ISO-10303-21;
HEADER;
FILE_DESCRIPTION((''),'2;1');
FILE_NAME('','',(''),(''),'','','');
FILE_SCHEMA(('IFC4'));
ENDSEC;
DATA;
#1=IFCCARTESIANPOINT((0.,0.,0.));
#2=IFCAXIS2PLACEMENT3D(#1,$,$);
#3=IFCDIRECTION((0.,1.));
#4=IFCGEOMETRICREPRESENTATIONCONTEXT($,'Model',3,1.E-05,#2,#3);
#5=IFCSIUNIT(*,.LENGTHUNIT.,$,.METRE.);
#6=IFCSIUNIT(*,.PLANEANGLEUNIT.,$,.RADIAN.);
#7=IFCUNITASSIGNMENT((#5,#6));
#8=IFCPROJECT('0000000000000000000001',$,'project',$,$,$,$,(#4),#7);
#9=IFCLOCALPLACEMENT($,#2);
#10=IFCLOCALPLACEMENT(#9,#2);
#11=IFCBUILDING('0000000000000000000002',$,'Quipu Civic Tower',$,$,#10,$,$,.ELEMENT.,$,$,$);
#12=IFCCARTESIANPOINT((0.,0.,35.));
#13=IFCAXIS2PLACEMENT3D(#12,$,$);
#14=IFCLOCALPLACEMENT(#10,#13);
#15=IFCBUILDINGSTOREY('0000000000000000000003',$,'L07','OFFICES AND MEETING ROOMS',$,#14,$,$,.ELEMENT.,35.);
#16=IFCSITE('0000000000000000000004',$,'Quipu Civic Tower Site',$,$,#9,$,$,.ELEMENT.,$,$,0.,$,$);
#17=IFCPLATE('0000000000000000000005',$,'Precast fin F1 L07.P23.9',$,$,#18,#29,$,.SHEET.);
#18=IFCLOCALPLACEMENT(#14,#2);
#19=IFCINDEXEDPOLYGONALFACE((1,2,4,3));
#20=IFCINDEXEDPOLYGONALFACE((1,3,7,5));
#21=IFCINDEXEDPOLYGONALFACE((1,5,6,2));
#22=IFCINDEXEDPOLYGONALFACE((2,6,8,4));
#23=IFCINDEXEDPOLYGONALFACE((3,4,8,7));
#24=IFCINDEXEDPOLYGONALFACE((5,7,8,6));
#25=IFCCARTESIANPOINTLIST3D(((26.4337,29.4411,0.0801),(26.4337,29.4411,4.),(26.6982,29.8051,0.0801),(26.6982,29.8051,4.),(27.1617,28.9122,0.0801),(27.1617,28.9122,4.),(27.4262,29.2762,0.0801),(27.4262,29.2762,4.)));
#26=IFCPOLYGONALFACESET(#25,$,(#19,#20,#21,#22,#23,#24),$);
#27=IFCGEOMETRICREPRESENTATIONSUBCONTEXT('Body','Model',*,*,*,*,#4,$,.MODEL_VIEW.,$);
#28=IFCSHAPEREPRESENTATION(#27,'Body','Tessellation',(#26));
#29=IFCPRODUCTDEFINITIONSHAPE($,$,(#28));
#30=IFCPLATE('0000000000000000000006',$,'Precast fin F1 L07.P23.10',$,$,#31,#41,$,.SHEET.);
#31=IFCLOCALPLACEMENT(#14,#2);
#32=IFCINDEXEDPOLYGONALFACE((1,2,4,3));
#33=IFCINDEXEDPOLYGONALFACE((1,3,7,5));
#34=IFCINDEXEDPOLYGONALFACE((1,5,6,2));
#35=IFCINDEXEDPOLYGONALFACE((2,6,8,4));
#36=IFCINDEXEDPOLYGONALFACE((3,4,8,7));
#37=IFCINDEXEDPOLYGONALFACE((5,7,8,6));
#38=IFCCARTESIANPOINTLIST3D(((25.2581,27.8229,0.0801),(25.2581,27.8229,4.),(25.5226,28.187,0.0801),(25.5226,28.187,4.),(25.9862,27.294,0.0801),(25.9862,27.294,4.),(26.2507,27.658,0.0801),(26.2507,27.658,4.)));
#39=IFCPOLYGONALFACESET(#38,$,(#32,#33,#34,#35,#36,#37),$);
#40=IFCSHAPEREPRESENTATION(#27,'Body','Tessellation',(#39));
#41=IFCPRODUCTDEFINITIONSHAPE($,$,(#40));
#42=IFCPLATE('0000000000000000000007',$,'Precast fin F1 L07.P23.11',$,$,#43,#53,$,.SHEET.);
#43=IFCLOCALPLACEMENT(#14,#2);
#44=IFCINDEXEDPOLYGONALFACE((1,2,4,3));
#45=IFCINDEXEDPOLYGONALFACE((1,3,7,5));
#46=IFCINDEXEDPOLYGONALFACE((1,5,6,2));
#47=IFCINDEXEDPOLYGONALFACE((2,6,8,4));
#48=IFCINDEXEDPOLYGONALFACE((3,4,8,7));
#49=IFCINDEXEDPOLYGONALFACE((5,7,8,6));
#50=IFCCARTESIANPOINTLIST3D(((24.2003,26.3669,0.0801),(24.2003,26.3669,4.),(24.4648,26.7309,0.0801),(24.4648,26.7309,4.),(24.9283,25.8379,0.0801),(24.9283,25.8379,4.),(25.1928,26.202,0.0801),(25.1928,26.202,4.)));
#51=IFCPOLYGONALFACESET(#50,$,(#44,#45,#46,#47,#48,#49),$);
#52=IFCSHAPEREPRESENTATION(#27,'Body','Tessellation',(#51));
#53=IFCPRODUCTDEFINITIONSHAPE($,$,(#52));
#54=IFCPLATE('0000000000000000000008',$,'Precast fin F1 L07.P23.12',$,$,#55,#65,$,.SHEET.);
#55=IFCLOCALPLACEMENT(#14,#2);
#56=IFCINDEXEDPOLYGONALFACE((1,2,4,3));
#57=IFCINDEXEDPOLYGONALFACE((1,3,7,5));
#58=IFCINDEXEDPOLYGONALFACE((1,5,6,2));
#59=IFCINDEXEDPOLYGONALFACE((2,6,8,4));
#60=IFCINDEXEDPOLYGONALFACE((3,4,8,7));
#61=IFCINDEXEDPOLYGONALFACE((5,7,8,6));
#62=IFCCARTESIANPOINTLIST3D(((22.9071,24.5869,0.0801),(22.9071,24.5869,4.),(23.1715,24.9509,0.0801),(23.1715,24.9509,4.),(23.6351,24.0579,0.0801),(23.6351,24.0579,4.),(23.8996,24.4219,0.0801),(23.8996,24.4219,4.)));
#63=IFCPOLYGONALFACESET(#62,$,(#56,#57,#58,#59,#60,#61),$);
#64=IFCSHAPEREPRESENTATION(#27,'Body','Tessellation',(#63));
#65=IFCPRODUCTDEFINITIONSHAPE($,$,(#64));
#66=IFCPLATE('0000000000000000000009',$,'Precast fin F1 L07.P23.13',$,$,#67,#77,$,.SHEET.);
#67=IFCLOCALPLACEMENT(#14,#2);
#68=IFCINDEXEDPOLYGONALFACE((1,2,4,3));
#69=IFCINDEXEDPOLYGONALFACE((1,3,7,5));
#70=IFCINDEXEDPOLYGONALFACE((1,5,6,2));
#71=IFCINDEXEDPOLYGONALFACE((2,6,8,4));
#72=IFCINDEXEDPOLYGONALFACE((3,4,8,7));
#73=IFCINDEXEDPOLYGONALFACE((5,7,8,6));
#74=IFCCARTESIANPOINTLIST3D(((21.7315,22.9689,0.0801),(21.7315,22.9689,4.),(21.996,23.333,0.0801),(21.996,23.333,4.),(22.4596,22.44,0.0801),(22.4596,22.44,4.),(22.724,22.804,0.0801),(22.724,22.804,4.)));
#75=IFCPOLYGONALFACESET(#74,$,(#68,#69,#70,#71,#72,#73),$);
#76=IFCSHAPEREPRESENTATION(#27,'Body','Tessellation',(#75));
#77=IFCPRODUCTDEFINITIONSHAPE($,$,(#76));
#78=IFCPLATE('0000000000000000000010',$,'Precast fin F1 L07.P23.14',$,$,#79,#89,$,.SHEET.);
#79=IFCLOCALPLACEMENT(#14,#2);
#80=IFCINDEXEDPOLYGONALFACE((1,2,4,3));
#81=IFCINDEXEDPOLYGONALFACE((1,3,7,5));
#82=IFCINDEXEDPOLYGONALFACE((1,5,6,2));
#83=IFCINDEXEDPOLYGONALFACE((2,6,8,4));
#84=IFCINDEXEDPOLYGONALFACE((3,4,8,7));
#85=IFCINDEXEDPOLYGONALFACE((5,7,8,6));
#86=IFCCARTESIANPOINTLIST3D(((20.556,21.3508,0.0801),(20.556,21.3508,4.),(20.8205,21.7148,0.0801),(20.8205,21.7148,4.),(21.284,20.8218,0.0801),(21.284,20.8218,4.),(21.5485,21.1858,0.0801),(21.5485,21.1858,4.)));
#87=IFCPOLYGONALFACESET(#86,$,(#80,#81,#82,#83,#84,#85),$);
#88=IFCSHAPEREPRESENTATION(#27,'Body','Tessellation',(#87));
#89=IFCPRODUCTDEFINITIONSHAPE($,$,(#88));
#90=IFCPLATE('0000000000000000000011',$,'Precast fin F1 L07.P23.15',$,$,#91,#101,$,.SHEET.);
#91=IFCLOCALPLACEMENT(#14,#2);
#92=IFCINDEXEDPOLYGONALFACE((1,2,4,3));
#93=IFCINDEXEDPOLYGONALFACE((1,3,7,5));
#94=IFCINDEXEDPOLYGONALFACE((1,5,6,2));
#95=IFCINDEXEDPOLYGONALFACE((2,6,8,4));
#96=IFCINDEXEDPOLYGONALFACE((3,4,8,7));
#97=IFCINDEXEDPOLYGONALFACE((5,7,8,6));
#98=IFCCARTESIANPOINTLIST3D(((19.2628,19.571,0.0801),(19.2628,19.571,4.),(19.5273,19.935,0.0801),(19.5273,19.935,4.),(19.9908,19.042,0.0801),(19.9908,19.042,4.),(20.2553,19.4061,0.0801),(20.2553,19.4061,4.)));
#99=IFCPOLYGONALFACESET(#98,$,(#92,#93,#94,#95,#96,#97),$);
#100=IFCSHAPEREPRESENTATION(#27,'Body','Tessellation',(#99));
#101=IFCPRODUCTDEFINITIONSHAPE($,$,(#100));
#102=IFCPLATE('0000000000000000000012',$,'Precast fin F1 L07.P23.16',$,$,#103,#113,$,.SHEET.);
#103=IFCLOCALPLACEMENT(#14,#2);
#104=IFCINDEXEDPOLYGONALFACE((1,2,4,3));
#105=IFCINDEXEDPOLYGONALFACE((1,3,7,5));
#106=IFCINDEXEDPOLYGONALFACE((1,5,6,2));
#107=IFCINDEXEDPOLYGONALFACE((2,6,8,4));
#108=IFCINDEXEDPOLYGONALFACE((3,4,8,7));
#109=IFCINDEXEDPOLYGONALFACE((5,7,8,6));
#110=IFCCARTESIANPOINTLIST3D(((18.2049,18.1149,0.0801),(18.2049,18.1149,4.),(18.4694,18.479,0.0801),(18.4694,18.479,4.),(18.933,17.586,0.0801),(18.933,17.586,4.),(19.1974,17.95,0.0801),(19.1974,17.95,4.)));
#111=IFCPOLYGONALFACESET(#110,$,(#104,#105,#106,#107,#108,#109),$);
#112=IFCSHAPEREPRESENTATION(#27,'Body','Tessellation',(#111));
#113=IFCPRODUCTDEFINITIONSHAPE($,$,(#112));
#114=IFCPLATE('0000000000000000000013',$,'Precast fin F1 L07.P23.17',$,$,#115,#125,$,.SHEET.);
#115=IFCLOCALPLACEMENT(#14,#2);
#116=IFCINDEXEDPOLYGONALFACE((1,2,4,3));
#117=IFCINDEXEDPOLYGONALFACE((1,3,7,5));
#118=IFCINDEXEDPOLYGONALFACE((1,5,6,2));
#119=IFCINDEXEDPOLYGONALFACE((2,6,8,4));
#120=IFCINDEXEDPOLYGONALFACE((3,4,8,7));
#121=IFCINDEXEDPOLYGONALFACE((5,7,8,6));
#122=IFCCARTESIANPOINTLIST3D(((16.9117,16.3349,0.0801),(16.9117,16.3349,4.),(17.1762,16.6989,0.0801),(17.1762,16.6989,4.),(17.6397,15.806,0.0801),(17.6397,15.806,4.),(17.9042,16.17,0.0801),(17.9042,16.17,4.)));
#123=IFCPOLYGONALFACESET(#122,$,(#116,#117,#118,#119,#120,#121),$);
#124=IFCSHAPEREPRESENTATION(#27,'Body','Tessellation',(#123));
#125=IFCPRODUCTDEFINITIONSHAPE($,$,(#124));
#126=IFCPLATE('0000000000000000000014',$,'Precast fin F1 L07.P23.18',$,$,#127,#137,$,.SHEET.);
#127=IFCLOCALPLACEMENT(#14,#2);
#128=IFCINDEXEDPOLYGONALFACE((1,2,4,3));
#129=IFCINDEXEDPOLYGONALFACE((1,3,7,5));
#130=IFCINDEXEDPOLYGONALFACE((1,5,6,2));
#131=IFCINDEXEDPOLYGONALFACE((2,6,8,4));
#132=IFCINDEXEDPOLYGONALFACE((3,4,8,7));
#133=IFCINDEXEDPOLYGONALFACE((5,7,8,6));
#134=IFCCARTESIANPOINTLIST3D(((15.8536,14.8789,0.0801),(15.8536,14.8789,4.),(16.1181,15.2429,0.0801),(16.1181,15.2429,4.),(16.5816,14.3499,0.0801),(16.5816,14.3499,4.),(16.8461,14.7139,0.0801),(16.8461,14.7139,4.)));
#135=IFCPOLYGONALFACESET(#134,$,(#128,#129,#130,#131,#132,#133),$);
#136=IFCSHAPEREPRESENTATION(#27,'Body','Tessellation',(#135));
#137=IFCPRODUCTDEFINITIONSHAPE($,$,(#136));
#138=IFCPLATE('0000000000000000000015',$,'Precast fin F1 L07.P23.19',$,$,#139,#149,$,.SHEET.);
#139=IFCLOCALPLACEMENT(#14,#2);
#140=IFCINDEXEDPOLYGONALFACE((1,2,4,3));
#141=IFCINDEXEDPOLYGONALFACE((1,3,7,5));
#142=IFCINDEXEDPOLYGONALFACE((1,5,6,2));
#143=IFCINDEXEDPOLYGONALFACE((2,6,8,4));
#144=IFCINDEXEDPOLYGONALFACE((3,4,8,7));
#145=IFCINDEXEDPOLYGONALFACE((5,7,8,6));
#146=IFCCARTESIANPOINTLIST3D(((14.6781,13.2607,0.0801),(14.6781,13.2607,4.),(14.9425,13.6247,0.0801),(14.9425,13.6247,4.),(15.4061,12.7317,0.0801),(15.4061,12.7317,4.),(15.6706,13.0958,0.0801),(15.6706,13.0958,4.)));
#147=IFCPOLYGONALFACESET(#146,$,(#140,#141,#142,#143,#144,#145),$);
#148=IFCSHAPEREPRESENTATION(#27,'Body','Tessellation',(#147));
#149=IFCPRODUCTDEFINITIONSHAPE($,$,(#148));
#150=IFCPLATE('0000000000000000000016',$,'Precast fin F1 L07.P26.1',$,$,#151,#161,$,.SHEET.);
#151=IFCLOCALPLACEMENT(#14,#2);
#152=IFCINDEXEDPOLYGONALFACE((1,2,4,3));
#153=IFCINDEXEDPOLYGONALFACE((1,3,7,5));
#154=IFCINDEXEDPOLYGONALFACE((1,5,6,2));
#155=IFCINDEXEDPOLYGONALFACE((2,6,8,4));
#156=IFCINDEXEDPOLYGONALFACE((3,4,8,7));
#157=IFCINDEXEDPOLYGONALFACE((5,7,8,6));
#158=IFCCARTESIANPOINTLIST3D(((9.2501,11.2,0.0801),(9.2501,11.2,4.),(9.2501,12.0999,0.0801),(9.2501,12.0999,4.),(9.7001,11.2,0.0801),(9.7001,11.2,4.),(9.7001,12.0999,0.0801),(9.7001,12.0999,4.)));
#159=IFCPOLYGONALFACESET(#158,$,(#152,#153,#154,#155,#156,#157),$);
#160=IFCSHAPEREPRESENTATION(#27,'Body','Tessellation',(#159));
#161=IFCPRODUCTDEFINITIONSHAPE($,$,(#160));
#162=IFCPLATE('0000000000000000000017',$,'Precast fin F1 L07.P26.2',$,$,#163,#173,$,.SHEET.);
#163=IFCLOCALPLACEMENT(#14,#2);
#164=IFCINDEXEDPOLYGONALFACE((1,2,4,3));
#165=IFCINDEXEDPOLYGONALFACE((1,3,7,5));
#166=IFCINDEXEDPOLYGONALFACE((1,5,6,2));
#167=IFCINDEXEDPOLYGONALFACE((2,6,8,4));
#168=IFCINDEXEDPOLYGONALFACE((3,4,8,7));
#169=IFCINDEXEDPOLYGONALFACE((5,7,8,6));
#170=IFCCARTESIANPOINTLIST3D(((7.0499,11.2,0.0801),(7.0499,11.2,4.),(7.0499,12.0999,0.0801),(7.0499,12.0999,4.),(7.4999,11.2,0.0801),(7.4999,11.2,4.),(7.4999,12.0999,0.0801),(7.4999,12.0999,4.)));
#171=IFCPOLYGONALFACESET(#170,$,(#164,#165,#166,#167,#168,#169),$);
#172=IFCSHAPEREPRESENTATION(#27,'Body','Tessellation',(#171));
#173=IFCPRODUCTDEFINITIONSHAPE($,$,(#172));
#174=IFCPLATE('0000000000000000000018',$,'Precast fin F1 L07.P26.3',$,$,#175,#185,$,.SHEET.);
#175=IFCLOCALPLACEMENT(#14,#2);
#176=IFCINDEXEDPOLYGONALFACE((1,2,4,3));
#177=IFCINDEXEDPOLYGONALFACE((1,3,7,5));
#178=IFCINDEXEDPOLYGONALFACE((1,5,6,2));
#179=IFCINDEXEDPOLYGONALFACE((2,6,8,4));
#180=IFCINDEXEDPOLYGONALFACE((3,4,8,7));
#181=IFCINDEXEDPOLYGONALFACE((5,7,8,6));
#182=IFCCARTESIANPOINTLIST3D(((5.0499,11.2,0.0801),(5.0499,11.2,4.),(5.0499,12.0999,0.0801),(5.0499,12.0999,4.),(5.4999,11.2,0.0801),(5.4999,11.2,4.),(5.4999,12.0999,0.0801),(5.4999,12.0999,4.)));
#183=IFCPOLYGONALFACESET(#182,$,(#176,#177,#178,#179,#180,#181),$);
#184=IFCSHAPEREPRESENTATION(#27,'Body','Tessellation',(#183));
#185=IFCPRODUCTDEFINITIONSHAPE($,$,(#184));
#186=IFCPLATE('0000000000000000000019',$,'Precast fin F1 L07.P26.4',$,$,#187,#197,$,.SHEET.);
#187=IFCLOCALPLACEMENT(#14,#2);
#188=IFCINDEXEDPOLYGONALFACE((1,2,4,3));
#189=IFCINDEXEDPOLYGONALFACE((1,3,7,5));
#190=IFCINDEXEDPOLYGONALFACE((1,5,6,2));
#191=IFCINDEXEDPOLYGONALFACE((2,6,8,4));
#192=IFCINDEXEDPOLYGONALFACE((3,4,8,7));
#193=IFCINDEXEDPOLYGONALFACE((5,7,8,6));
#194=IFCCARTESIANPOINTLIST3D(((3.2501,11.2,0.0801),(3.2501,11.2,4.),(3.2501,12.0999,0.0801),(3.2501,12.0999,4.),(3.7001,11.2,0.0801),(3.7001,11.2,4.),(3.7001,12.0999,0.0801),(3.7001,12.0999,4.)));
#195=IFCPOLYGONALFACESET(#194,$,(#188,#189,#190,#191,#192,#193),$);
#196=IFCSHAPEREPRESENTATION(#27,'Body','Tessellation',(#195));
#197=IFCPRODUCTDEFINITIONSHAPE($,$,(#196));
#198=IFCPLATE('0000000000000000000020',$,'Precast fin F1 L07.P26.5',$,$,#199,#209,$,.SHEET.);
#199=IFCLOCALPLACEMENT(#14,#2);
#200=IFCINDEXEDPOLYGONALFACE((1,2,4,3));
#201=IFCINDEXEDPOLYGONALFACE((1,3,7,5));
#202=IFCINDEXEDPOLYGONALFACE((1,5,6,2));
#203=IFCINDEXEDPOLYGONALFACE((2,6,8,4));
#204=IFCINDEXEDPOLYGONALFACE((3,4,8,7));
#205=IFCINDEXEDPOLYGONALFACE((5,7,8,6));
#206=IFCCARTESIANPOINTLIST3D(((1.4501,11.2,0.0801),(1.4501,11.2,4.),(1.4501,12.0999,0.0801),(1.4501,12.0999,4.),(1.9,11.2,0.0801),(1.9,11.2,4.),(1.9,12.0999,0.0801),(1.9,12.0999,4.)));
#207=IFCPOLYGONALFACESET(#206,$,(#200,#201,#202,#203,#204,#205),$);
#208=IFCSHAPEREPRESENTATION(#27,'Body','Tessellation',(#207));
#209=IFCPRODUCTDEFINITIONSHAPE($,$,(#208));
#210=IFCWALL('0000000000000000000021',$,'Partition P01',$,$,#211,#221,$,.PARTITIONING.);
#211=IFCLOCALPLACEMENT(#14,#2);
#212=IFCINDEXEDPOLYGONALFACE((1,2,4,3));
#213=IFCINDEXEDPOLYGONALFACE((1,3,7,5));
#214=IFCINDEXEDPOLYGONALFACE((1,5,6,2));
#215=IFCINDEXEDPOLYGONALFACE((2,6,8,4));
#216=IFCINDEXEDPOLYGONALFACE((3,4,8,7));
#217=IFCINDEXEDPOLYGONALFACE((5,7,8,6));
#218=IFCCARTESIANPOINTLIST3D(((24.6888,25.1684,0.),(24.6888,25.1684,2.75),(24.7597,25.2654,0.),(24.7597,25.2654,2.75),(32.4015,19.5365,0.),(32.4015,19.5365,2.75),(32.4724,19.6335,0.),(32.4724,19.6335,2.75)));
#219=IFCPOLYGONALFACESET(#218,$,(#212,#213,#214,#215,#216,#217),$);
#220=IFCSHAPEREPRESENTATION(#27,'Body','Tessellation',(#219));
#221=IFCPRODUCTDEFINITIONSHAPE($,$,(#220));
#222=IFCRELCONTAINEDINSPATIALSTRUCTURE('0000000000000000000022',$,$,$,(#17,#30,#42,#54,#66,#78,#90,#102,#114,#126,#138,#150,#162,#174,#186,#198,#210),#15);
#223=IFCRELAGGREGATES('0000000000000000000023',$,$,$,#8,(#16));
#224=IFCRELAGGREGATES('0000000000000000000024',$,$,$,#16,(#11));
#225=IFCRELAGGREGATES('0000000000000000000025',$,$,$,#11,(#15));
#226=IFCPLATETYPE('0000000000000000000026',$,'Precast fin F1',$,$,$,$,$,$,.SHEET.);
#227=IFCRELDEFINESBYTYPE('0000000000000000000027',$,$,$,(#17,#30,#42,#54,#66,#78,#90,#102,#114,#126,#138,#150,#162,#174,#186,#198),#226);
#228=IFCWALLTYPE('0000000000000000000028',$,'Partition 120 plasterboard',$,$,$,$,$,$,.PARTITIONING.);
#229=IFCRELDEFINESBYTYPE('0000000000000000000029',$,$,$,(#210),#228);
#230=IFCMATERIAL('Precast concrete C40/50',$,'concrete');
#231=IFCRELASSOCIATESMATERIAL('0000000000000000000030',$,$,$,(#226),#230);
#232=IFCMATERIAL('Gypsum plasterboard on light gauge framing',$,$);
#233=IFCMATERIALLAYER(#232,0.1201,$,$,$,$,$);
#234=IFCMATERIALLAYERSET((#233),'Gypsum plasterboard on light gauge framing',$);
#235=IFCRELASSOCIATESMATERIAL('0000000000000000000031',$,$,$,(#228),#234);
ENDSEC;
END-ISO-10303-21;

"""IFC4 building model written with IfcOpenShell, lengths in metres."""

from ifc_helpers import new_model, si_unit, direction, frame, frame_2d, origin, origin_2d, place, context, subcontext, project, spatial, rectangle, extrude, material, layer, layer_set, type_object, element, save


model = new_model("IFC4")

# Units and contexts
model_context = context("Model", 3, precision=1e-05, world=origin(), true_north=direction((0.0, 1.0)))
body_context = subcontext(model_context, "Body", "Model", "MODEL_VIEW")
ifc_project = project(units=[si_unit("LENGTHUNIT", "METRE"), si_unit("PLANEANGLEUNIT", "RADIAN")], contexts=[model_context])

# Site, building, storey
site_placement = place(None, origin())
site = spatial("IfcSite", under=ifc_project, at=site_placement, Name="Quipu Civic Tower Site", CompositionType="ELEMENT", RefElevation=0.0)
building_placement = place(site_placement, origin())
building = spatial("IfcBuilding", under=site, at=building_placement, Name="Quipu Civic Tower", CompositionType="ELEMENT")
storey_placement = place(building_placement, frame((0.0, 0.0, 35.0)))
storey = spatial("IfcBuildingStorey", under=building, at=storey_placement, Name="L07", Description="OFFICES AND MEETING ROOMS", CompositionType="ELEMENT", Elevation=35.0)

# Plates
ifc_material_1 = material(Name="Precast concrete C40/50", Category="concrete")
plate_type_1 = type_object("IfcPlateType", Name="Precast fin F1", PredefinedType="SHEET", material=ifc_material_1)
for number, where, z_axis, x_axis, name in (
    (1, (26.9299, 29.3586, 0.0801), (0.0, 0.0, 1.0), (-0.587785, -0.809017, 0.0), "Precast fin F1 L07.P23.9"),
    (2, (25.7544, 27.7405, 0.0801), (0.0, 0.0, 1.0), (-0.587785, -0.809017, 0.0), "Precast fin F1 L07.P23.10"),
    (3, (24.6965, 26.2844, 0.0801), (0.0, 0.0, 1.0), (-0.587785, -0.809017, 0.0), "Precast fin F1 L07.P23.11"),
    (4, (23.4033, 24.5044, 0.0801), (0.0, 0.0, 1.0), (-0.587785, -0.809017, 0.0), "Precast fin F1 L07.P23.12"),
    (5, (22.2278, 22.8865, 0.0801), (0.0, 0.0, 1.0), (-0.587785, -0.809017, 0.0), "Precast fin F1 L07.P23.13"),
    (6, (21.0522, 21.2683, 0.0801), (0.0, 0.0, 1.0), (-0.587785, -0.809017, 0.0), "Precast fin F1 L07.P23.14"),
    (7, (19.759, 19.4885, 0.0801), (0.0, 0.0, 1.0), (-0.587785, -0.809017, 0.0), "Precast fin F1 L07.P23.15"),
    (8, (18.7012, 18.0325, 0.0801), (0.0, 0.0, 1.0), (-0.587785, -0.809017, 0.0), "Precast fin F1 L07.P23.16"),
    (9, (17.408, 16.2524, 0.0801), (0.0, 0.0, 1.0), (-0.587785, -0.809017, 0.0), "Precast fin F1 L07.P23.17"),
    (10, (16.3499, 14.7964, 0.0801), (0.0, 0.0, 1.0), (-0.587785, -0.809017, 0.0), "Precast fin F1 L07.P23.18"),
    (11, (15.1743, 13.1782, 0.0801), (0.0, 0.0, 1.0), (-0.587785, -0.809017, 0.0), "Precast fin F1 L07.P23.19"),
    (12, (9.4751, 11.6499, 0.0801), (0.0, 0.0, 1.0), (-1.0, 0.0, 0.0), "Precast fin F1 L07.P26.1"),
    (13, (7.2749, 11.6499, 0.0801), (0.0, 0.0, 1.0), (-1.0, 0.0, 0.0), "Precast fin F1 L07.P26.2"),
    (14, (5.2749, 11.6499, 0.0801), (0.0, 0.0, 1.0), (-1.0, 0.0, 0.0), "Precast fin F1 L07.P26.3"),
    (15, (3.4751, 11.6499, 0.0801), (0.0, 0.0, 1.0), (-1.0, 0.0, 0.0), "Precast fin F1 L07.P26.4"),
    (16, (1.675, 11.6499, 0.0801), (0.0, 0.0, 1.0), (-1.0, 0.0, 0.0), "Precast fin F1 L07.P26.5"),
):
    element("IfcPlate", number, at=place(storey_placement, frame(where, z_axis=z_axis, x_axis=x_axis)), inside=storey, type_object=plate_type_1, Name=name, PredefinedType="SHEET", context=body_context, shape_type="SweptSolid", body=[
        extrude(rectangle(XDim=0.45, YDim=0.8999, at=origin_2d()), origin(), (0.0, 0.0, 1.0), 3.9199),
    ])

# Wall
ifc_material_2 = material(Name="Gypsum plasterboard on light gauge framing")
ifc_layer_1 = layer(ifc_material_2, 0.1201)
ifc_layer_set_1 = layer_set([ifc_layer_1], Name="Gypsum plasterboard on light gauge framing")
wall_type = type_object("IfcWallType", Name="Partition 120 plasterboard", PredefinedType="PARTITIONING", material=ifc_layer_set_1)
wall_placement = place(storey_placement, frame((24.7244, 25.2168, 0.0), z_axis=(0.0, 0.0, 1.0), x_axis=(0.807607, -0.589721, 0.0)))
element("IfcWall", 17, at=wall_placement, inside=storey, type_object=wall_type, Name="Partition P01", PredefinedType="PARTITIONING", context=body_context, shape_type="SweptSolid", body=[
    extrude(rectangle(XDim=9.55, YDim=0.1201, at=frame_2d((4.7749, 0.0))), origin(), (0.0, 0.0, 1.0), 2.75),
])

save(model, "model.ifc")
